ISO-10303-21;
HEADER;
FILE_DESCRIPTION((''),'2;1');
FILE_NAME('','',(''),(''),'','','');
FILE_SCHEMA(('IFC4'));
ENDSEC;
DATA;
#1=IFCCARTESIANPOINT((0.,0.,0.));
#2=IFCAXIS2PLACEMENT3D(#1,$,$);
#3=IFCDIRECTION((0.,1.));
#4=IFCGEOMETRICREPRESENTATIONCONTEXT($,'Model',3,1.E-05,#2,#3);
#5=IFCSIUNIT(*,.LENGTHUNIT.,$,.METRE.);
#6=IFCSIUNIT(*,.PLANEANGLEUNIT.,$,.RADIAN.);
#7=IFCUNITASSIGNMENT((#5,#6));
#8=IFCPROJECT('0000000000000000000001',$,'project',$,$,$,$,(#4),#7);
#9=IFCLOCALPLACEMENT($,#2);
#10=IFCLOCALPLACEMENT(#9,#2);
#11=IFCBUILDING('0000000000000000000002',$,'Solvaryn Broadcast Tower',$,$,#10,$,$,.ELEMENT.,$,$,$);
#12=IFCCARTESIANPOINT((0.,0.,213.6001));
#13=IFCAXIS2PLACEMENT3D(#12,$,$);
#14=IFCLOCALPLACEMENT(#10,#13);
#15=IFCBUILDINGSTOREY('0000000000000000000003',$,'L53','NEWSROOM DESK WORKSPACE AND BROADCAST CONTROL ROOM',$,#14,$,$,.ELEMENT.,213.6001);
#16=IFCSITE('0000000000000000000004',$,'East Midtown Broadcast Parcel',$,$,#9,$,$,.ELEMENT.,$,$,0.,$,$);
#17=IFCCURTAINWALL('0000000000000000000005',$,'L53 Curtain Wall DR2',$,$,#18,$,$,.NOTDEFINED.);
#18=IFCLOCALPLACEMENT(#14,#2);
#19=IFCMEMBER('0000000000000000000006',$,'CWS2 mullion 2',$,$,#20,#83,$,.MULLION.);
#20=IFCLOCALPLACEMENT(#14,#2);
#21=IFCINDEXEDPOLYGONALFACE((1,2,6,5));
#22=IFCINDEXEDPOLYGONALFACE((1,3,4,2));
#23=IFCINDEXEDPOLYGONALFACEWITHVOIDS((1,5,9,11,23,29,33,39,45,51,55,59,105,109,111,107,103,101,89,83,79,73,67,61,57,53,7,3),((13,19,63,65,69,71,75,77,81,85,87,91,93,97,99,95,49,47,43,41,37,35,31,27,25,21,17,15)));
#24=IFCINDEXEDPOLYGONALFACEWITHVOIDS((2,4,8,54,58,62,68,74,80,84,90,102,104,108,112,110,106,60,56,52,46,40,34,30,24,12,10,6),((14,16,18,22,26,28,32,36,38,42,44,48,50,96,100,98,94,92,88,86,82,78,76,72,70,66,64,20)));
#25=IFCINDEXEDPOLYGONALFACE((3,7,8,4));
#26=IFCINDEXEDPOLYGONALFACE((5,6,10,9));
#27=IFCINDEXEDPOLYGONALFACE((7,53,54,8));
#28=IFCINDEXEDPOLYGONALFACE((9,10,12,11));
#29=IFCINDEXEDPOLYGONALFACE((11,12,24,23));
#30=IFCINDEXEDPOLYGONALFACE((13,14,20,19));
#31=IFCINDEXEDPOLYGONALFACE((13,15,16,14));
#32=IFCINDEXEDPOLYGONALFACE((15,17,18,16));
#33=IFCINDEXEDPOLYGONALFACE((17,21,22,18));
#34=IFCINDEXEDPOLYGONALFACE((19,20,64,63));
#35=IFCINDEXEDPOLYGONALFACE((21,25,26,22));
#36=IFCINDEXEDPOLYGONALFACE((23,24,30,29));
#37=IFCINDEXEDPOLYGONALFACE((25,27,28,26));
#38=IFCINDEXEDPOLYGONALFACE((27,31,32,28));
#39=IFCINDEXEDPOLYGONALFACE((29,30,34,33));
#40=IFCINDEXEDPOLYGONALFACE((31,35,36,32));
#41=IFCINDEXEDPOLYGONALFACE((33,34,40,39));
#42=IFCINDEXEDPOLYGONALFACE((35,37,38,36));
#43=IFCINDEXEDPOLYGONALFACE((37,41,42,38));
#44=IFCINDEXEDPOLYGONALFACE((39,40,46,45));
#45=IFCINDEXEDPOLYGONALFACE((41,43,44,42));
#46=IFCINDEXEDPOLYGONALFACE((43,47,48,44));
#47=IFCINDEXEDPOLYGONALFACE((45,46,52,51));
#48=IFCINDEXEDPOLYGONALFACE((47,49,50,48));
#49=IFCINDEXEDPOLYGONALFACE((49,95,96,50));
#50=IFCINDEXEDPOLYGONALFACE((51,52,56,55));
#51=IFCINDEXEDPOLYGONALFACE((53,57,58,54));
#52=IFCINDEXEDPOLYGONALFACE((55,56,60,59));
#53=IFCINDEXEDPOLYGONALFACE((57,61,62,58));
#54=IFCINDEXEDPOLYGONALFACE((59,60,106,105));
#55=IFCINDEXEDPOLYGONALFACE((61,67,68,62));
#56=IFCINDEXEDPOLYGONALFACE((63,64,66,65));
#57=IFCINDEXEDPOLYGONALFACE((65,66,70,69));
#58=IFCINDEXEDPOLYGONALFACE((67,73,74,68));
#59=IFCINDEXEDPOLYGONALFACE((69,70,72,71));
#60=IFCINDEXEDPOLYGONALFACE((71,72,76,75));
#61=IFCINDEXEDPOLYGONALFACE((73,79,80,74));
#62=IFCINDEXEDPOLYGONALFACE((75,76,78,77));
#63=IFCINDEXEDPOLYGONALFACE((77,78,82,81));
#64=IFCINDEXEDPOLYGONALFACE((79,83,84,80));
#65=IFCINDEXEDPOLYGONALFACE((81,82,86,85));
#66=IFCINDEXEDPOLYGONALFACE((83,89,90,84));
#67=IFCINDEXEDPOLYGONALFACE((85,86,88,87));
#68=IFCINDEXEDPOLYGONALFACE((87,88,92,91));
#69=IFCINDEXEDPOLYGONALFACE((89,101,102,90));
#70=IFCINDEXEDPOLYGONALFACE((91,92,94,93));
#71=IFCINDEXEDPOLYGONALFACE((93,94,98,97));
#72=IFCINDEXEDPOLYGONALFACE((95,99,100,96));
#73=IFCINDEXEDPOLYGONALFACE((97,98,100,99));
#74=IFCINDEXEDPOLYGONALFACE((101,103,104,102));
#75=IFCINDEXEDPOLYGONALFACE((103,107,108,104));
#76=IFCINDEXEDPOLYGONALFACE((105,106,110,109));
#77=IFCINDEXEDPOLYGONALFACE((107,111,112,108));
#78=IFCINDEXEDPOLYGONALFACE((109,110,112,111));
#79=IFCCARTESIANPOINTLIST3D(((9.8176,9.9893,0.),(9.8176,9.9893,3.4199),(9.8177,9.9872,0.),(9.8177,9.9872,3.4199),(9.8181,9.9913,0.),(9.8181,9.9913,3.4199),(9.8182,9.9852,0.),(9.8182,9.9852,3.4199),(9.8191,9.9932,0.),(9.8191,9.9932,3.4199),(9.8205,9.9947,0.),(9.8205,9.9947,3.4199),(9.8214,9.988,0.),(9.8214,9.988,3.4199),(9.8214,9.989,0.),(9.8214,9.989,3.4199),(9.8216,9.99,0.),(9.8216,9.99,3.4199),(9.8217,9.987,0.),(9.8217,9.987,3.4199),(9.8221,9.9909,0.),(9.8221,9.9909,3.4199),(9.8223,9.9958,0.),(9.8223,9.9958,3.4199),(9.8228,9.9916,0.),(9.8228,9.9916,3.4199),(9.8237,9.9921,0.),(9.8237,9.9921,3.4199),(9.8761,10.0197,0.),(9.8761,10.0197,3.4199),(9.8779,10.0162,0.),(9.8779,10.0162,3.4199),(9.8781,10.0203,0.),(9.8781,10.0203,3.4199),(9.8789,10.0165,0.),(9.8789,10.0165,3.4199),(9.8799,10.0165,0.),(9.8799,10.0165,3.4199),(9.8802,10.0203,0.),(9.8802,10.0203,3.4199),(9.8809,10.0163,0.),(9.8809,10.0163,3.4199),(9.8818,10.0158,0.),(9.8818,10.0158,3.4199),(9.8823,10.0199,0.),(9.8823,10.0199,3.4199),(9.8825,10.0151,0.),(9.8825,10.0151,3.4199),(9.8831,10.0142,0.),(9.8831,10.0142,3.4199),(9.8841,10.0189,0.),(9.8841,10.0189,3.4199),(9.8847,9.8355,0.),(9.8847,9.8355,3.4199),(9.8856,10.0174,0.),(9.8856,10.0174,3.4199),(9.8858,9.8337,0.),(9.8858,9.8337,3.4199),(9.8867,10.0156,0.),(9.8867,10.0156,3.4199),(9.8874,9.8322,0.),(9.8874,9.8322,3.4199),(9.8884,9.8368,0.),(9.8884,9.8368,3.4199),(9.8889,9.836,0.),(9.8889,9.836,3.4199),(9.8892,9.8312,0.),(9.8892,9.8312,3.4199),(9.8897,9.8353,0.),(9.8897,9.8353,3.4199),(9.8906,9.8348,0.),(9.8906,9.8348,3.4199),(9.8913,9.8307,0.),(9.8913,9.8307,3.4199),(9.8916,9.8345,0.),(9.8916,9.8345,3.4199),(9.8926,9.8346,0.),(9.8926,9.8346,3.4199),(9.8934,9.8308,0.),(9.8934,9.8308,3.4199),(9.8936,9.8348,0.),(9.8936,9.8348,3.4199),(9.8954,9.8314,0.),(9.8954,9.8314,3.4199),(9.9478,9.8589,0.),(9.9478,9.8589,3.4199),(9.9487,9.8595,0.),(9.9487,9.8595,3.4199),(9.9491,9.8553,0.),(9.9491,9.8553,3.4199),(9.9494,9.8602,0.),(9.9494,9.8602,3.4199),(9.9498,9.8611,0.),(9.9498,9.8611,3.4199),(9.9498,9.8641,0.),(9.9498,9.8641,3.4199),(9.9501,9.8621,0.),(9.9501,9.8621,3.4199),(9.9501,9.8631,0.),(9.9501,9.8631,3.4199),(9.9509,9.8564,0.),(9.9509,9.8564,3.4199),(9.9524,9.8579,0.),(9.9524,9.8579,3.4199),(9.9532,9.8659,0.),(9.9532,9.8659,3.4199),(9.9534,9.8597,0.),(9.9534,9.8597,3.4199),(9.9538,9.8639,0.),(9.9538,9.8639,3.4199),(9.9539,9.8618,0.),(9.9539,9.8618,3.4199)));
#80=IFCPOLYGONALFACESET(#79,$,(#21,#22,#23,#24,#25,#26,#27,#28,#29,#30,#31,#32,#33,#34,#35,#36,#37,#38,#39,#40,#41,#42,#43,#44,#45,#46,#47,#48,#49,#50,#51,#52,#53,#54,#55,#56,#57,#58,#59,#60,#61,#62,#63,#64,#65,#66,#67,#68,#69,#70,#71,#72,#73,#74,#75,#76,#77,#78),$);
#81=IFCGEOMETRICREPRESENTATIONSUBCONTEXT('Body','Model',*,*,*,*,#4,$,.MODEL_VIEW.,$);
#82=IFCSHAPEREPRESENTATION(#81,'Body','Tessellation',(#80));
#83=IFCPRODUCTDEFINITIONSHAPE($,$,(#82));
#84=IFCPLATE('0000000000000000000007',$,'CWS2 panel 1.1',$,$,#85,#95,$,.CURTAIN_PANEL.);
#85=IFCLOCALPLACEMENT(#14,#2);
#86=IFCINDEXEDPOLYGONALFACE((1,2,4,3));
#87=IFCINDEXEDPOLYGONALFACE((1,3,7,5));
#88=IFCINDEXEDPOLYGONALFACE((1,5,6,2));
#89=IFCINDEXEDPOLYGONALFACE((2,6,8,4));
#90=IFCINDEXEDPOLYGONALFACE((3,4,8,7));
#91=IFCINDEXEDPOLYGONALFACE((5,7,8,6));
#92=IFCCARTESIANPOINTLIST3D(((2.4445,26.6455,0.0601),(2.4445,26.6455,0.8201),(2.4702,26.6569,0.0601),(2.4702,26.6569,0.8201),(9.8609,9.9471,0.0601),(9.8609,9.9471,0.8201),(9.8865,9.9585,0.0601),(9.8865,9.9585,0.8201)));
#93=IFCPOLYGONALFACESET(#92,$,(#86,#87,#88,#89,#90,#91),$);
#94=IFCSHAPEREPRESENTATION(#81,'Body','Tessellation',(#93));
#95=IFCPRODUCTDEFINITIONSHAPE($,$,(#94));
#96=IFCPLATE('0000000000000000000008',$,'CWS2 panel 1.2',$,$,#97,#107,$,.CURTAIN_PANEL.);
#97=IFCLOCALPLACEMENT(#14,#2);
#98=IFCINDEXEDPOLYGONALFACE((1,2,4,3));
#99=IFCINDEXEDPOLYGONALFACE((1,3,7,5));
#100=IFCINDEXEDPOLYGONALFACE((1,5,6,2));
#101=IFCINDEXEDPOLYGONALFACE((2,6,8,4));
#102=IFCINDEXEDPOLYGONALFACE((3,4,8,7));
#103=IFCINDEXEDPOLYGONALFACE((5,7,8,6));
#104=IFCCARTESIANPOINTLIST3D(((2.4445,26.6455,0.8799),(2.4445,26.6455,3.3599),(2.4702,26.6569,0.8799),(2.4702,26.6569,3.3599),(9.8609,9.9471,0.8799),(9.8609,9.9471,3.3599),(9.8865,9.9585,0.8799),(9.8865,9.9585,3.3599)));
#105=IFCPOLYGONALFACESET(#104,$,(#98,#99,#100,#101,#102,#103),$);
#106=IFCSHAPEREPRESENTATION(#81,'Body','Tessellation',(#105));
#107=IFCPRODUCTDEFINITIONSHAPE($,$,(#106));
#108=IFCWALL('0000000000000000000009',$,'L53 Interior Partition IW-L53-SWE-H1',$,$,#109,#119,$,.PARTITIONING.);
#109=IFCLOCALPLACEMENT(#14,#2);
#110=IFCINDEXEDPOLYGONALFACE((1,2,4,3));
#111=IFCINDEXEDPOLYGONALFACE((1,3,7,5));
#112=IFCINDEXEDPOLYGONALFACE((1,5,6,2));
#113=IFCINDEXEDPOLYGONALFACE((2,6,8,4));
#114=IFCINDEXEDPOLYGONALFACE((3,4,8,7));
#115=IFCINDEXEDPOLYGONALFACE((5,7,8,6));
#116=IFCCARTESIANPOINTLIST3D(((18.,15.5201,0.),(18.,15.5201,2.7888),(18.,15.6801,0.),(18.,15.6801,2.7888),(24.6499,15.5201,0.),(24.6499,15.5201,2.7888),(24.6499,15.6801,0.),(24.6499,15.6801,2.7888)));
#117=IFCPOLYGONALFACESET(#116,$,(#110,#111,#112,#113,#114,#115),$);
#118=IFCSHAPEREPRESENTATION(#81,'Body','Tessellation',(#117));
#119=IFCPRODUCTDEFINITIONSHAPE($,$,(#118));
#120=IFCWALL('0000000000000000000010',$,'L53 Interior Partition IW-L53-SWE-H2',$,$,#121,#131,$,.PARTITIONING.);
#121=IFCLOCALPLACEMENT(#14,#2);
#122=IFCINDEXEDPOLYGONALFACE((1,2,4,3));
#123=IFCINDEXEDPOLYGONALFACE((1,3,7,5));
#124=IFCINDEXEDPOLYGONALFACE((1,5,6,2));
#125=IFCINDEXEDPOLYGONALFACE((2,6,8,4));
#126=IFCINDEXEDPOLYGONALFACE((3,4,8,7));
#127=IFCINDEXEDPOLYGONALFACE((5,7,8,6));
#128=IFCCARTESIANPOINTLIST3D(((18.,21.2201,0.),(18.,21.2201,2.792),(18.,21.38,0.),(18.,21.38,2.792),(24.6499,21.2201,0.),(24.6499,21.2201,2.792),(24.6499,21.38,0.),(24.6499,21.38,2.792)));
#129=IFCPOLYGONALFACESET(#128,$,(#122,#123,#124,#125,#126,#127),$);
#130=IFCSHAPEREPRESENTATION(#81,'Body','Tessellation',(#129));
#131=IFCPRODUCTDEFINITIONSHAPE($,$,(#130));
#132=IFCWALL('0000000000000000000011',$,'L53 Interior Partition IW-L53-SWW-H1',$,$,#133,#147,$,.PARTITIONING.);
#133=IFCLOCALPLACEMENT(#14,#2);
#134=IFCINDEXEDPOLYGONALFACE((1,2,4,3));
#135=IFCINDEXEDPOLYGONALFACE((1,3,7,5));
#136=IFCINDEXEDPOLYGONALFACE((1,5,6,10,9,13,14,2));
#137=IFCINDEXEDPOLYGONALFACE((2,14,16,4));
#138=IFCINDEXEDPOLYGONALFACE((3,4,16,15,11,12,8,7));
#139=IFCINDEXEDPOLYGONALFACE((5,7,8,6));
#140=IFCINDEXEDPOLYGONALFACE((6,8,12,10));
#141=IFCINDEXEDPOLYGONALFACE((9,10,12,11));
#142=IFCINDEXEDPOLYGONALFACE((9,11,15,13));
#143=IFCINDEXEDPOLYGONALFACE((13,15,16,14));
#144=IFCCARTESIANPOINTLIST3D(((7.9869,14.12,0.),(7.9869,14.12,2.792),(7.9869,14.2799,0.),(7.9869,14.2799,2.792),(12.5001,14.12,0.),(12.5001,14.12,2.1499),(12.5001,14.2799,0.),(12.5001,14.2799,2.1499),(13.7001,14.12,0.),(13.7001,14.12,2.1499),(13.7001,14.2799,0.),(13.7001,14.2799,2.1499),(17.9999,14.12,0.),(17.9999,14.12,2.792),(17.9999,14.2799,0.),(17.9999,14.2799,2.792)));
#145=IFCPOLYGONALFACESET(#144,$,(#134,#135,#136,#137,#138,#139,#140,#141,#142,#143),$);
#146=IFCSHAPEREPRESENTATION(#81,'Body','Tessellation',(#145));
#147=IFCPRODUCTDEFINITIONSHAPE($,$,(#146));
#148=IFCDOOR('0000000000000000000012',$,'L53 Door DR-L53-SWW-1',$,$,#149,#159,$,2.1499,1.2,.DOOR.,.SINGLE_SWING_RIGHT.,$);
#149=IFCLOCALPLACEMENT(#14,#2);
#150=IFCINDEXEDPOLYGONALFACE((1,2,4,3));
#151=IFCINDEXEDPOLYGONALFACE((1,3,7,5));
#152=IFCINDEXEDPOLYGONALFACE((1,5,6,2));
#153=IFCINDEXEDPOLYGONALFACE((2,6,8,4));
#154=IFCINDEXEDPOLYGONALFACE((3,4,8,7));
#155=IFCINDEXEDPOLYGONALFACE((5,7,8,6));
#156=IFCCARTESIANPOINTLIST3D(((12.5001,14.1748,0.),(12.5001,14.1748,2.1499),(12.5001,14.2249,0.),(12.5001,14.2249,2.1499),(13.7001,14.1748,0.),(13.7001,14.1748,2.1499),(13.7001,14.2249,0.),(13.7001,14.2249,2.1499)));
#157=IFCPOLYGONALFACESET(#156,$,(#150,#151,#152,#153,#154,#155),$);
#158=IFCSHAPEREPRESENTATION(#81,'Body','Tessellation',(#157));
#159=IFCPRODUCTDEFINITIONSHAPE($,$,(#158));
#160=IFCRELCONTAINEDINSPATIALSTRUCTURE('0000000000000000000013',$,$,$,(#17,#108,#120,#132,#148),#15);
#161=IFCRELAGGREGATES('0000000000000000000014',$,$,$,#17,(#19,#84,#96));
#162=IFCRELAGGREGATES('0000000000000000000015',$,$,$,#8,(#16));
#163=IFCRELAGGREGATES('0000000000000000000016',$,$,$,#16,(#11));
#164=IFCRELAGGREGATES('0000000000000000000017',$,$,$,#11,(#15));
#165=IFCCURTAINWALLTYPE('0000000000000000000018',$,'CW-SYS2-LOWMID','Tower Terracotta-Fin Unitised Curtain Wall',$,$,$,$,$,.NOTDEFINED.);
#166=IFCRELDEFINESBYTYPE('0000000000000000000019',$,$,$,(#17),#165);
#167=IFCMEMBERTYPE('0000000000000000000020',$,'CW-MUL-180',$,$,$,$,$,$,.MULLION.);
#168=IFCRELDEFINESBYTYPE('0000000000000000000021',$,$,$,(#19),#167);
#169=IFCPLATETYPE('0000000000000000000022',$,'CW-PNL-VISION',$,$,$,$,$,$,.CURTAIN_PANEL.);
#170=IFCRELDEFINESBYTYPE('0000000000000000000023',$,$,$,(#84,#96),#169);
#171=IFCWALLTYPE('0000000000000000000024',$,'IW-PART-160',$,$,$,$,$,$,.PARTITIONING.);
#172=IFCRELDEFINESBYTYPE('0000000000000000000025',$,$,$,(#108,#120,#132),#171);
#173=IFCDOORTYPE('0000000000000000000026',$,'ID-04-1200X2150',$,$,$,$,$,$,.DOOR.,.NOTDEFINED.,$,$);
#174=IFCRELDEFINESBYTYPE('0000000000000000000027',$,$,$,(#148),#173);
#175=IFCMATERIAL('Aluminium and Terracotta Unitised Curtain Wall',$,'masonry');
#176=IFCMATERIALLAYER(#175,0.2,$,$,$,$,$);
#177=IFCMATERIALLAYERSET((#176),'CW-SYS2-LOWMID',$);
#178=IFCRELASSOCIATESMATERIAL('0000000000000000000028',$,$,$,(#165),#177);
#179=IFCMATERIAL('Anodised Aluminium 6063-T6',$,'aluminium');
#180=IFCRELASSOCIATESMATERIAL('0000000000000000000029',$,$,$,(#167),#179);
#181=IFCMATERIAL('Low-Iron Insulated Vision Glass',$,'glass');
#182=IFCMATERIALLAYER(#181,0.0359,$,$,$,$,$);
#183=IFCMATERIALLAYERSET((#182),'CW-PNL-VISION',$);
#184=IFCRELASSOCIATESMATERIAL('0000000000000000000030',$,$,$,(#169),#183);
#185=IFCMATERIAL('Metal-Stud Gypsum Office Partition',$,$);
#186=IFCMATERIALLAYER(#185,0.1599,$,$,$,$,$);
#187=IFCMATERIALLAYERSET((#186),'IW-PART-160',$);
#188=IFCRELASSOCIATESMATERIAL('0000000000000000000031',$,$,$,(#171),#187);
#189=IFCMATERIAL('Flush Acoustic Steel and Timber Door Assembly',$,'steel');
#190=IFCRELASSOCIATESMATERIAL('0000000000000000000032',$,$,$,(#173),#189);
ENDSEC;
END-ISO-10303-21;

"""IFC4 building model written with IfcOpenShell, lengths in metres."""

from ifc_helpers import new_model, si_unit, direction, frame, frame_2d, origin, origin_2d, place, context, subcontext, project, spatial, rectangle, hollow_rectangle, extrude, material, layer, layer_set, material_profile, profile_set, type_object, element, fill, aggregate, save


model = new_model("IFC4")

# Units and contexts
model_context = context("Model", 3, precision=1e-05, world=origin(), true_north=direction((0.0, 1.0)))
body_context = subcontext(model_context, "Body", "Model", "MODEL_VIEW")
ifc_project = project(units=[si_unit("LENGTHUNIT", "METRE"), si_unit("PLANEANGLEUNIT", "RADIAN")], contexts=[model_context])

# Site, building, storey
site_placement = place(None, origin())
site = spatial("IfcSite", under=ifc_project, at=site_placement, Name="East Midtown Broadcast Parcel", CompositionType="ELEMENT", RefElevation=0.0)
building_placement = place(site_placement, origin())
building = spatial("IfcBuilding", under=site, at=building_placement, Name="Solvaryn Broadcast Tower", CompositionType="ELEMENT")
storey_placement = place(building_placement, frame((0.0, 0.0, 213.6001)))
storey = spatial("IfcBuildingStorey", under=building, at=storey_placement, Name="L53", Description="NEWSROOM DESK WORKSPACE AND BROADCAST CONTROL ROOM", CompositionType="ELEMENT", Elevation=213.6001)

# Curtain wall, member, plates
ifc_material_1 = material(Name="Aluminium and Terracotta Unitised Curtain Wall", Category="masonry")
ifc_layer_1 = layer(ifc_material_1, 0.2)
ifc_layer_set_1 = layer_set([ifc_layer_1], Name="CW-SYS2-LOWMID")
curtain_wall_type = type_object("IfcCurtainWallType", Name="CW-SYS2-LOWMID", Description="Tower Terracotta-Fin Unitised Curtain Wall", PredefinedType="NOTDEFINED", material=ifc_layer_set_1)
curtain_wall_placement = place(storey_placement, origin())
curtain_wall = element("IfcCurtainWall", 1, at=curtain_wall_placement, inside=storey, type_object=curtain_wall_type, Name="L53 Curtain Wall DR2", PredefinedType="NOTDEFINED")
ifc_material_2 = material(Name="Anodised Aluminium 6063-T6", Category="aluminium")
ifc_material_profile_1 = material_profile(ifc_material_2, hollow_rectangle(XDim=0.075, YDim=0.1799, WallThickness=0.0039, InnerFilletRadius=0.0039, OuterFilletRadius=0.0081, at=origin_2d()))
ifc_profile_set_1 = profile_set([ifc_material_profile_1], Name="Anodised Aluminium 6063-T6")
member_type = type_object("IfcMemberType", Name="CW-MUL-180", PredefinedType="MULLION", material=ifc_profile_set_1)
member_placement = place(storey_placement, frame((9.8857, 9.9255, 0.0), z_axis=(0.0, 0.0, 1.0), x_axis=(0.913917, 0.405901, 0.0)))
member = element("IfcMember", 2, at=member_placement, type_object=member_type, Name="CWS2 mullion 2", PredefinedType="MULLION", context=body_context, shape_type="SweptSolid", body=[
    extrude(hollow_rectangle(XDim=0.075, YDim=0.1799, WallThickness=0.0039, InnerFilletRadius=0.0039, OuterFilletRadius=0.0081, at=origin_2d()), origin(), (0.0, 0.0, 1.0), 3.4199),
])
ifc_material_3 = material(Name="Low-Iron Insulated Vision Glass", Category="glass")
ifc_layer_2 = layer(ifc_material_3, 0.0359)
ifc_layer_set_2 = layer_set([ifc_layer_2], Name="CW-PNL-VISION")
plate_type = type_object("IfcPlateType", Name="CW-PNL-VISION", PredefinedType="CURTAIN_PANEL", material=ifc_layer_set_2)
plate_1_placement = place(storey_placement, frame((6.1655, 18.302, 0.0601), z_axis=(0.0, 0.0, 1.0), x_axis=(0.405901, -0.913917, 0.0)))
plate_1 = element("IfcPlate", 3, at=plate_1_placement, type_object=plate_type, Name="CWS2 panel 1.1", PredefinedType="CURTAIN_PANEL", context=body_context, shape_type="SweptSolid", body=[
    extrude(rectangle(XDim=18.2712, YDim=0.0281, at=origin_2d()), origin(), (0.0, 0.0, 1.0), 0.76),
])
plate_2_placement = place(storey_placement, frame((6.1655, 18.302, 0.8799), z_axis=(0.0, 0.0, 1.0), x_axis=(0.405901, -0.913917, 0.0)))
plate_2 = element("IfcPlate", 4, at=plate_2_placement, type_object=plate_type, Name="CWS2 panel 1.2", PredefinedType="CURTAIN_PANEL", context=body_context, shape_type="SweptSolid", body=[
    extrude(rectangle(XDim=18.2712, YDim=0.0281, at=origin_2d()), origin(), (0.0, 0.0, 1.0), 2.48),
])
aggregate(curtain_wall, [member, plate_1, plate_2])

# Walls
ifc_material_4 = material(Name="Metal-Stud Gypsum Office Partition")
ifc_layer_3 = layer(ifc_material_4, 0.1599)
ifc_layer_set_3 = layer_set([ifc_layer_3], Name="IW-PART-160")
wall_type = type_object("IfcWallType", Name="IW-PART-160", PredefinedType="PARTITIONING", material=ifc_layer_set_3)
wall_1_placement = place(storey_placement, frame((18.0, 15.6001, 0.0), z_axis=(0.0, 0.0, 1.0), x_axis=(1.0, 0.0, 0.0)))
element("IfcWall", 5, at=wall_1_placement, inside=storey, type_object=wall_type, Name="L53 Interior Partition IW-L53-SWE-H1", PredefinedType="PARTITIONING", context=body_context, shape_type="SweptSolid", body=[
    extrude(rectangle(XDim=6.6499, YDim=0.1599, at=frame_2d((3.325, 0.0))), origin(), (0.0, 0.0, 1.0), 2.7888),
])
wall_2_placement = place(storey_placement, frame((18.0, 21.3, 0.0), z_axis=(0.0, 0.0, 1.0), x_axis=(1.0, 0.0, 0.0)))
element("IfcWall", 6, at=wall_2_placement, inside=storey, type_object=wall_type, Name="L53 Interior Partition IW-L53-SWE-H2", PredefinedType="PARTITIONING", context=body_context, shape_type="SweptSolid", body=[
    extrude(rectangle(XDim=6.6499, YDim=0.1599, at=frame_2d((3.325, 0.0))), origin(), (0.0, 0.0, 1.0), 2.792),
])

# Wall, opening, door
wall_3_placement = place(storey_placement, frame((7.9871, 14.2, 0.0), z_axis=(0.0, 0.0, 1.0), x_axis=(1.0, 0.0, 0.0)))
wall_3 = element("IfcWall", 7, at=wall_3_placement, inside=storey, type_object=wall_type, Name="L53 Interior Partition IW-L53-SWW-H1", PredefinedType="PARTITIONING", context=body_context, shape_type="SweptSolid", body=[
    extrude(rectangle(XDim=10.0129, YDim=0.1599, at=frame_2d((5.0063, 0.0))), origin(), (0.0, 0.0, 1.0), 2.792),
])
opening_1_placement = place(wall_3_placement, frame((4.5129, 0.0, 0.0)))
opening_1 = element("IfcOpeningElement", 8, at=opening_1_placement, cuts=wall_3, PredefinedType="OPENING", context=body_context, shape_type="SweptSolid", body=[
    extrude(rectangle(XDim=1.2, YDim=2.1499, at=frame_2d((0.6001, 1.075))), frame((0.0, 0.0901, 0.0), z_axis=(0.0, -1.0, 0.0), x_axis=(1.0, 0.0, 0.0)), (0.0, 0.0, 1.0), 0.1799),
])
ifc_material_5 = material(Name="Flush Acoustic Steel and Timber Door Assembly", Category="steel")
door_type_1 = type_object("IfcDoorType", Name="ID-04-1200X2150", OperationType="NOTDEFINED", PredefinedType="DOOR", material=ifc_material_5)
door_1_placement = place(opening_1_placement, origin())
door_1 = element("IfcDoor", 9, at=door_1_placement, inside=storey, type_object=door_type_1, Name="L53 Door DR-L53-SWW-1", OperationType="SINGLE_SWING_RIGHT", OverallHeight=2.1499, OverallWidth=1.2, PredefinedType="DOOR", context=body_context, shape_type="SweptSolid", body=[
    extrude(rectangle(XDim=1.2, YDim=2.1499, at=frame_2d((0.6001, 1.075))), frame((0.0, 0.0249, 0.0), z_axis=(0.0, -1.0, 0.0), x_axis=(1.0, 0.0, 0.0)), (0.0, 0.0, 1.0), 0.05),
])
fill(opening_1, door_1)

save(model, "model.ifc")
